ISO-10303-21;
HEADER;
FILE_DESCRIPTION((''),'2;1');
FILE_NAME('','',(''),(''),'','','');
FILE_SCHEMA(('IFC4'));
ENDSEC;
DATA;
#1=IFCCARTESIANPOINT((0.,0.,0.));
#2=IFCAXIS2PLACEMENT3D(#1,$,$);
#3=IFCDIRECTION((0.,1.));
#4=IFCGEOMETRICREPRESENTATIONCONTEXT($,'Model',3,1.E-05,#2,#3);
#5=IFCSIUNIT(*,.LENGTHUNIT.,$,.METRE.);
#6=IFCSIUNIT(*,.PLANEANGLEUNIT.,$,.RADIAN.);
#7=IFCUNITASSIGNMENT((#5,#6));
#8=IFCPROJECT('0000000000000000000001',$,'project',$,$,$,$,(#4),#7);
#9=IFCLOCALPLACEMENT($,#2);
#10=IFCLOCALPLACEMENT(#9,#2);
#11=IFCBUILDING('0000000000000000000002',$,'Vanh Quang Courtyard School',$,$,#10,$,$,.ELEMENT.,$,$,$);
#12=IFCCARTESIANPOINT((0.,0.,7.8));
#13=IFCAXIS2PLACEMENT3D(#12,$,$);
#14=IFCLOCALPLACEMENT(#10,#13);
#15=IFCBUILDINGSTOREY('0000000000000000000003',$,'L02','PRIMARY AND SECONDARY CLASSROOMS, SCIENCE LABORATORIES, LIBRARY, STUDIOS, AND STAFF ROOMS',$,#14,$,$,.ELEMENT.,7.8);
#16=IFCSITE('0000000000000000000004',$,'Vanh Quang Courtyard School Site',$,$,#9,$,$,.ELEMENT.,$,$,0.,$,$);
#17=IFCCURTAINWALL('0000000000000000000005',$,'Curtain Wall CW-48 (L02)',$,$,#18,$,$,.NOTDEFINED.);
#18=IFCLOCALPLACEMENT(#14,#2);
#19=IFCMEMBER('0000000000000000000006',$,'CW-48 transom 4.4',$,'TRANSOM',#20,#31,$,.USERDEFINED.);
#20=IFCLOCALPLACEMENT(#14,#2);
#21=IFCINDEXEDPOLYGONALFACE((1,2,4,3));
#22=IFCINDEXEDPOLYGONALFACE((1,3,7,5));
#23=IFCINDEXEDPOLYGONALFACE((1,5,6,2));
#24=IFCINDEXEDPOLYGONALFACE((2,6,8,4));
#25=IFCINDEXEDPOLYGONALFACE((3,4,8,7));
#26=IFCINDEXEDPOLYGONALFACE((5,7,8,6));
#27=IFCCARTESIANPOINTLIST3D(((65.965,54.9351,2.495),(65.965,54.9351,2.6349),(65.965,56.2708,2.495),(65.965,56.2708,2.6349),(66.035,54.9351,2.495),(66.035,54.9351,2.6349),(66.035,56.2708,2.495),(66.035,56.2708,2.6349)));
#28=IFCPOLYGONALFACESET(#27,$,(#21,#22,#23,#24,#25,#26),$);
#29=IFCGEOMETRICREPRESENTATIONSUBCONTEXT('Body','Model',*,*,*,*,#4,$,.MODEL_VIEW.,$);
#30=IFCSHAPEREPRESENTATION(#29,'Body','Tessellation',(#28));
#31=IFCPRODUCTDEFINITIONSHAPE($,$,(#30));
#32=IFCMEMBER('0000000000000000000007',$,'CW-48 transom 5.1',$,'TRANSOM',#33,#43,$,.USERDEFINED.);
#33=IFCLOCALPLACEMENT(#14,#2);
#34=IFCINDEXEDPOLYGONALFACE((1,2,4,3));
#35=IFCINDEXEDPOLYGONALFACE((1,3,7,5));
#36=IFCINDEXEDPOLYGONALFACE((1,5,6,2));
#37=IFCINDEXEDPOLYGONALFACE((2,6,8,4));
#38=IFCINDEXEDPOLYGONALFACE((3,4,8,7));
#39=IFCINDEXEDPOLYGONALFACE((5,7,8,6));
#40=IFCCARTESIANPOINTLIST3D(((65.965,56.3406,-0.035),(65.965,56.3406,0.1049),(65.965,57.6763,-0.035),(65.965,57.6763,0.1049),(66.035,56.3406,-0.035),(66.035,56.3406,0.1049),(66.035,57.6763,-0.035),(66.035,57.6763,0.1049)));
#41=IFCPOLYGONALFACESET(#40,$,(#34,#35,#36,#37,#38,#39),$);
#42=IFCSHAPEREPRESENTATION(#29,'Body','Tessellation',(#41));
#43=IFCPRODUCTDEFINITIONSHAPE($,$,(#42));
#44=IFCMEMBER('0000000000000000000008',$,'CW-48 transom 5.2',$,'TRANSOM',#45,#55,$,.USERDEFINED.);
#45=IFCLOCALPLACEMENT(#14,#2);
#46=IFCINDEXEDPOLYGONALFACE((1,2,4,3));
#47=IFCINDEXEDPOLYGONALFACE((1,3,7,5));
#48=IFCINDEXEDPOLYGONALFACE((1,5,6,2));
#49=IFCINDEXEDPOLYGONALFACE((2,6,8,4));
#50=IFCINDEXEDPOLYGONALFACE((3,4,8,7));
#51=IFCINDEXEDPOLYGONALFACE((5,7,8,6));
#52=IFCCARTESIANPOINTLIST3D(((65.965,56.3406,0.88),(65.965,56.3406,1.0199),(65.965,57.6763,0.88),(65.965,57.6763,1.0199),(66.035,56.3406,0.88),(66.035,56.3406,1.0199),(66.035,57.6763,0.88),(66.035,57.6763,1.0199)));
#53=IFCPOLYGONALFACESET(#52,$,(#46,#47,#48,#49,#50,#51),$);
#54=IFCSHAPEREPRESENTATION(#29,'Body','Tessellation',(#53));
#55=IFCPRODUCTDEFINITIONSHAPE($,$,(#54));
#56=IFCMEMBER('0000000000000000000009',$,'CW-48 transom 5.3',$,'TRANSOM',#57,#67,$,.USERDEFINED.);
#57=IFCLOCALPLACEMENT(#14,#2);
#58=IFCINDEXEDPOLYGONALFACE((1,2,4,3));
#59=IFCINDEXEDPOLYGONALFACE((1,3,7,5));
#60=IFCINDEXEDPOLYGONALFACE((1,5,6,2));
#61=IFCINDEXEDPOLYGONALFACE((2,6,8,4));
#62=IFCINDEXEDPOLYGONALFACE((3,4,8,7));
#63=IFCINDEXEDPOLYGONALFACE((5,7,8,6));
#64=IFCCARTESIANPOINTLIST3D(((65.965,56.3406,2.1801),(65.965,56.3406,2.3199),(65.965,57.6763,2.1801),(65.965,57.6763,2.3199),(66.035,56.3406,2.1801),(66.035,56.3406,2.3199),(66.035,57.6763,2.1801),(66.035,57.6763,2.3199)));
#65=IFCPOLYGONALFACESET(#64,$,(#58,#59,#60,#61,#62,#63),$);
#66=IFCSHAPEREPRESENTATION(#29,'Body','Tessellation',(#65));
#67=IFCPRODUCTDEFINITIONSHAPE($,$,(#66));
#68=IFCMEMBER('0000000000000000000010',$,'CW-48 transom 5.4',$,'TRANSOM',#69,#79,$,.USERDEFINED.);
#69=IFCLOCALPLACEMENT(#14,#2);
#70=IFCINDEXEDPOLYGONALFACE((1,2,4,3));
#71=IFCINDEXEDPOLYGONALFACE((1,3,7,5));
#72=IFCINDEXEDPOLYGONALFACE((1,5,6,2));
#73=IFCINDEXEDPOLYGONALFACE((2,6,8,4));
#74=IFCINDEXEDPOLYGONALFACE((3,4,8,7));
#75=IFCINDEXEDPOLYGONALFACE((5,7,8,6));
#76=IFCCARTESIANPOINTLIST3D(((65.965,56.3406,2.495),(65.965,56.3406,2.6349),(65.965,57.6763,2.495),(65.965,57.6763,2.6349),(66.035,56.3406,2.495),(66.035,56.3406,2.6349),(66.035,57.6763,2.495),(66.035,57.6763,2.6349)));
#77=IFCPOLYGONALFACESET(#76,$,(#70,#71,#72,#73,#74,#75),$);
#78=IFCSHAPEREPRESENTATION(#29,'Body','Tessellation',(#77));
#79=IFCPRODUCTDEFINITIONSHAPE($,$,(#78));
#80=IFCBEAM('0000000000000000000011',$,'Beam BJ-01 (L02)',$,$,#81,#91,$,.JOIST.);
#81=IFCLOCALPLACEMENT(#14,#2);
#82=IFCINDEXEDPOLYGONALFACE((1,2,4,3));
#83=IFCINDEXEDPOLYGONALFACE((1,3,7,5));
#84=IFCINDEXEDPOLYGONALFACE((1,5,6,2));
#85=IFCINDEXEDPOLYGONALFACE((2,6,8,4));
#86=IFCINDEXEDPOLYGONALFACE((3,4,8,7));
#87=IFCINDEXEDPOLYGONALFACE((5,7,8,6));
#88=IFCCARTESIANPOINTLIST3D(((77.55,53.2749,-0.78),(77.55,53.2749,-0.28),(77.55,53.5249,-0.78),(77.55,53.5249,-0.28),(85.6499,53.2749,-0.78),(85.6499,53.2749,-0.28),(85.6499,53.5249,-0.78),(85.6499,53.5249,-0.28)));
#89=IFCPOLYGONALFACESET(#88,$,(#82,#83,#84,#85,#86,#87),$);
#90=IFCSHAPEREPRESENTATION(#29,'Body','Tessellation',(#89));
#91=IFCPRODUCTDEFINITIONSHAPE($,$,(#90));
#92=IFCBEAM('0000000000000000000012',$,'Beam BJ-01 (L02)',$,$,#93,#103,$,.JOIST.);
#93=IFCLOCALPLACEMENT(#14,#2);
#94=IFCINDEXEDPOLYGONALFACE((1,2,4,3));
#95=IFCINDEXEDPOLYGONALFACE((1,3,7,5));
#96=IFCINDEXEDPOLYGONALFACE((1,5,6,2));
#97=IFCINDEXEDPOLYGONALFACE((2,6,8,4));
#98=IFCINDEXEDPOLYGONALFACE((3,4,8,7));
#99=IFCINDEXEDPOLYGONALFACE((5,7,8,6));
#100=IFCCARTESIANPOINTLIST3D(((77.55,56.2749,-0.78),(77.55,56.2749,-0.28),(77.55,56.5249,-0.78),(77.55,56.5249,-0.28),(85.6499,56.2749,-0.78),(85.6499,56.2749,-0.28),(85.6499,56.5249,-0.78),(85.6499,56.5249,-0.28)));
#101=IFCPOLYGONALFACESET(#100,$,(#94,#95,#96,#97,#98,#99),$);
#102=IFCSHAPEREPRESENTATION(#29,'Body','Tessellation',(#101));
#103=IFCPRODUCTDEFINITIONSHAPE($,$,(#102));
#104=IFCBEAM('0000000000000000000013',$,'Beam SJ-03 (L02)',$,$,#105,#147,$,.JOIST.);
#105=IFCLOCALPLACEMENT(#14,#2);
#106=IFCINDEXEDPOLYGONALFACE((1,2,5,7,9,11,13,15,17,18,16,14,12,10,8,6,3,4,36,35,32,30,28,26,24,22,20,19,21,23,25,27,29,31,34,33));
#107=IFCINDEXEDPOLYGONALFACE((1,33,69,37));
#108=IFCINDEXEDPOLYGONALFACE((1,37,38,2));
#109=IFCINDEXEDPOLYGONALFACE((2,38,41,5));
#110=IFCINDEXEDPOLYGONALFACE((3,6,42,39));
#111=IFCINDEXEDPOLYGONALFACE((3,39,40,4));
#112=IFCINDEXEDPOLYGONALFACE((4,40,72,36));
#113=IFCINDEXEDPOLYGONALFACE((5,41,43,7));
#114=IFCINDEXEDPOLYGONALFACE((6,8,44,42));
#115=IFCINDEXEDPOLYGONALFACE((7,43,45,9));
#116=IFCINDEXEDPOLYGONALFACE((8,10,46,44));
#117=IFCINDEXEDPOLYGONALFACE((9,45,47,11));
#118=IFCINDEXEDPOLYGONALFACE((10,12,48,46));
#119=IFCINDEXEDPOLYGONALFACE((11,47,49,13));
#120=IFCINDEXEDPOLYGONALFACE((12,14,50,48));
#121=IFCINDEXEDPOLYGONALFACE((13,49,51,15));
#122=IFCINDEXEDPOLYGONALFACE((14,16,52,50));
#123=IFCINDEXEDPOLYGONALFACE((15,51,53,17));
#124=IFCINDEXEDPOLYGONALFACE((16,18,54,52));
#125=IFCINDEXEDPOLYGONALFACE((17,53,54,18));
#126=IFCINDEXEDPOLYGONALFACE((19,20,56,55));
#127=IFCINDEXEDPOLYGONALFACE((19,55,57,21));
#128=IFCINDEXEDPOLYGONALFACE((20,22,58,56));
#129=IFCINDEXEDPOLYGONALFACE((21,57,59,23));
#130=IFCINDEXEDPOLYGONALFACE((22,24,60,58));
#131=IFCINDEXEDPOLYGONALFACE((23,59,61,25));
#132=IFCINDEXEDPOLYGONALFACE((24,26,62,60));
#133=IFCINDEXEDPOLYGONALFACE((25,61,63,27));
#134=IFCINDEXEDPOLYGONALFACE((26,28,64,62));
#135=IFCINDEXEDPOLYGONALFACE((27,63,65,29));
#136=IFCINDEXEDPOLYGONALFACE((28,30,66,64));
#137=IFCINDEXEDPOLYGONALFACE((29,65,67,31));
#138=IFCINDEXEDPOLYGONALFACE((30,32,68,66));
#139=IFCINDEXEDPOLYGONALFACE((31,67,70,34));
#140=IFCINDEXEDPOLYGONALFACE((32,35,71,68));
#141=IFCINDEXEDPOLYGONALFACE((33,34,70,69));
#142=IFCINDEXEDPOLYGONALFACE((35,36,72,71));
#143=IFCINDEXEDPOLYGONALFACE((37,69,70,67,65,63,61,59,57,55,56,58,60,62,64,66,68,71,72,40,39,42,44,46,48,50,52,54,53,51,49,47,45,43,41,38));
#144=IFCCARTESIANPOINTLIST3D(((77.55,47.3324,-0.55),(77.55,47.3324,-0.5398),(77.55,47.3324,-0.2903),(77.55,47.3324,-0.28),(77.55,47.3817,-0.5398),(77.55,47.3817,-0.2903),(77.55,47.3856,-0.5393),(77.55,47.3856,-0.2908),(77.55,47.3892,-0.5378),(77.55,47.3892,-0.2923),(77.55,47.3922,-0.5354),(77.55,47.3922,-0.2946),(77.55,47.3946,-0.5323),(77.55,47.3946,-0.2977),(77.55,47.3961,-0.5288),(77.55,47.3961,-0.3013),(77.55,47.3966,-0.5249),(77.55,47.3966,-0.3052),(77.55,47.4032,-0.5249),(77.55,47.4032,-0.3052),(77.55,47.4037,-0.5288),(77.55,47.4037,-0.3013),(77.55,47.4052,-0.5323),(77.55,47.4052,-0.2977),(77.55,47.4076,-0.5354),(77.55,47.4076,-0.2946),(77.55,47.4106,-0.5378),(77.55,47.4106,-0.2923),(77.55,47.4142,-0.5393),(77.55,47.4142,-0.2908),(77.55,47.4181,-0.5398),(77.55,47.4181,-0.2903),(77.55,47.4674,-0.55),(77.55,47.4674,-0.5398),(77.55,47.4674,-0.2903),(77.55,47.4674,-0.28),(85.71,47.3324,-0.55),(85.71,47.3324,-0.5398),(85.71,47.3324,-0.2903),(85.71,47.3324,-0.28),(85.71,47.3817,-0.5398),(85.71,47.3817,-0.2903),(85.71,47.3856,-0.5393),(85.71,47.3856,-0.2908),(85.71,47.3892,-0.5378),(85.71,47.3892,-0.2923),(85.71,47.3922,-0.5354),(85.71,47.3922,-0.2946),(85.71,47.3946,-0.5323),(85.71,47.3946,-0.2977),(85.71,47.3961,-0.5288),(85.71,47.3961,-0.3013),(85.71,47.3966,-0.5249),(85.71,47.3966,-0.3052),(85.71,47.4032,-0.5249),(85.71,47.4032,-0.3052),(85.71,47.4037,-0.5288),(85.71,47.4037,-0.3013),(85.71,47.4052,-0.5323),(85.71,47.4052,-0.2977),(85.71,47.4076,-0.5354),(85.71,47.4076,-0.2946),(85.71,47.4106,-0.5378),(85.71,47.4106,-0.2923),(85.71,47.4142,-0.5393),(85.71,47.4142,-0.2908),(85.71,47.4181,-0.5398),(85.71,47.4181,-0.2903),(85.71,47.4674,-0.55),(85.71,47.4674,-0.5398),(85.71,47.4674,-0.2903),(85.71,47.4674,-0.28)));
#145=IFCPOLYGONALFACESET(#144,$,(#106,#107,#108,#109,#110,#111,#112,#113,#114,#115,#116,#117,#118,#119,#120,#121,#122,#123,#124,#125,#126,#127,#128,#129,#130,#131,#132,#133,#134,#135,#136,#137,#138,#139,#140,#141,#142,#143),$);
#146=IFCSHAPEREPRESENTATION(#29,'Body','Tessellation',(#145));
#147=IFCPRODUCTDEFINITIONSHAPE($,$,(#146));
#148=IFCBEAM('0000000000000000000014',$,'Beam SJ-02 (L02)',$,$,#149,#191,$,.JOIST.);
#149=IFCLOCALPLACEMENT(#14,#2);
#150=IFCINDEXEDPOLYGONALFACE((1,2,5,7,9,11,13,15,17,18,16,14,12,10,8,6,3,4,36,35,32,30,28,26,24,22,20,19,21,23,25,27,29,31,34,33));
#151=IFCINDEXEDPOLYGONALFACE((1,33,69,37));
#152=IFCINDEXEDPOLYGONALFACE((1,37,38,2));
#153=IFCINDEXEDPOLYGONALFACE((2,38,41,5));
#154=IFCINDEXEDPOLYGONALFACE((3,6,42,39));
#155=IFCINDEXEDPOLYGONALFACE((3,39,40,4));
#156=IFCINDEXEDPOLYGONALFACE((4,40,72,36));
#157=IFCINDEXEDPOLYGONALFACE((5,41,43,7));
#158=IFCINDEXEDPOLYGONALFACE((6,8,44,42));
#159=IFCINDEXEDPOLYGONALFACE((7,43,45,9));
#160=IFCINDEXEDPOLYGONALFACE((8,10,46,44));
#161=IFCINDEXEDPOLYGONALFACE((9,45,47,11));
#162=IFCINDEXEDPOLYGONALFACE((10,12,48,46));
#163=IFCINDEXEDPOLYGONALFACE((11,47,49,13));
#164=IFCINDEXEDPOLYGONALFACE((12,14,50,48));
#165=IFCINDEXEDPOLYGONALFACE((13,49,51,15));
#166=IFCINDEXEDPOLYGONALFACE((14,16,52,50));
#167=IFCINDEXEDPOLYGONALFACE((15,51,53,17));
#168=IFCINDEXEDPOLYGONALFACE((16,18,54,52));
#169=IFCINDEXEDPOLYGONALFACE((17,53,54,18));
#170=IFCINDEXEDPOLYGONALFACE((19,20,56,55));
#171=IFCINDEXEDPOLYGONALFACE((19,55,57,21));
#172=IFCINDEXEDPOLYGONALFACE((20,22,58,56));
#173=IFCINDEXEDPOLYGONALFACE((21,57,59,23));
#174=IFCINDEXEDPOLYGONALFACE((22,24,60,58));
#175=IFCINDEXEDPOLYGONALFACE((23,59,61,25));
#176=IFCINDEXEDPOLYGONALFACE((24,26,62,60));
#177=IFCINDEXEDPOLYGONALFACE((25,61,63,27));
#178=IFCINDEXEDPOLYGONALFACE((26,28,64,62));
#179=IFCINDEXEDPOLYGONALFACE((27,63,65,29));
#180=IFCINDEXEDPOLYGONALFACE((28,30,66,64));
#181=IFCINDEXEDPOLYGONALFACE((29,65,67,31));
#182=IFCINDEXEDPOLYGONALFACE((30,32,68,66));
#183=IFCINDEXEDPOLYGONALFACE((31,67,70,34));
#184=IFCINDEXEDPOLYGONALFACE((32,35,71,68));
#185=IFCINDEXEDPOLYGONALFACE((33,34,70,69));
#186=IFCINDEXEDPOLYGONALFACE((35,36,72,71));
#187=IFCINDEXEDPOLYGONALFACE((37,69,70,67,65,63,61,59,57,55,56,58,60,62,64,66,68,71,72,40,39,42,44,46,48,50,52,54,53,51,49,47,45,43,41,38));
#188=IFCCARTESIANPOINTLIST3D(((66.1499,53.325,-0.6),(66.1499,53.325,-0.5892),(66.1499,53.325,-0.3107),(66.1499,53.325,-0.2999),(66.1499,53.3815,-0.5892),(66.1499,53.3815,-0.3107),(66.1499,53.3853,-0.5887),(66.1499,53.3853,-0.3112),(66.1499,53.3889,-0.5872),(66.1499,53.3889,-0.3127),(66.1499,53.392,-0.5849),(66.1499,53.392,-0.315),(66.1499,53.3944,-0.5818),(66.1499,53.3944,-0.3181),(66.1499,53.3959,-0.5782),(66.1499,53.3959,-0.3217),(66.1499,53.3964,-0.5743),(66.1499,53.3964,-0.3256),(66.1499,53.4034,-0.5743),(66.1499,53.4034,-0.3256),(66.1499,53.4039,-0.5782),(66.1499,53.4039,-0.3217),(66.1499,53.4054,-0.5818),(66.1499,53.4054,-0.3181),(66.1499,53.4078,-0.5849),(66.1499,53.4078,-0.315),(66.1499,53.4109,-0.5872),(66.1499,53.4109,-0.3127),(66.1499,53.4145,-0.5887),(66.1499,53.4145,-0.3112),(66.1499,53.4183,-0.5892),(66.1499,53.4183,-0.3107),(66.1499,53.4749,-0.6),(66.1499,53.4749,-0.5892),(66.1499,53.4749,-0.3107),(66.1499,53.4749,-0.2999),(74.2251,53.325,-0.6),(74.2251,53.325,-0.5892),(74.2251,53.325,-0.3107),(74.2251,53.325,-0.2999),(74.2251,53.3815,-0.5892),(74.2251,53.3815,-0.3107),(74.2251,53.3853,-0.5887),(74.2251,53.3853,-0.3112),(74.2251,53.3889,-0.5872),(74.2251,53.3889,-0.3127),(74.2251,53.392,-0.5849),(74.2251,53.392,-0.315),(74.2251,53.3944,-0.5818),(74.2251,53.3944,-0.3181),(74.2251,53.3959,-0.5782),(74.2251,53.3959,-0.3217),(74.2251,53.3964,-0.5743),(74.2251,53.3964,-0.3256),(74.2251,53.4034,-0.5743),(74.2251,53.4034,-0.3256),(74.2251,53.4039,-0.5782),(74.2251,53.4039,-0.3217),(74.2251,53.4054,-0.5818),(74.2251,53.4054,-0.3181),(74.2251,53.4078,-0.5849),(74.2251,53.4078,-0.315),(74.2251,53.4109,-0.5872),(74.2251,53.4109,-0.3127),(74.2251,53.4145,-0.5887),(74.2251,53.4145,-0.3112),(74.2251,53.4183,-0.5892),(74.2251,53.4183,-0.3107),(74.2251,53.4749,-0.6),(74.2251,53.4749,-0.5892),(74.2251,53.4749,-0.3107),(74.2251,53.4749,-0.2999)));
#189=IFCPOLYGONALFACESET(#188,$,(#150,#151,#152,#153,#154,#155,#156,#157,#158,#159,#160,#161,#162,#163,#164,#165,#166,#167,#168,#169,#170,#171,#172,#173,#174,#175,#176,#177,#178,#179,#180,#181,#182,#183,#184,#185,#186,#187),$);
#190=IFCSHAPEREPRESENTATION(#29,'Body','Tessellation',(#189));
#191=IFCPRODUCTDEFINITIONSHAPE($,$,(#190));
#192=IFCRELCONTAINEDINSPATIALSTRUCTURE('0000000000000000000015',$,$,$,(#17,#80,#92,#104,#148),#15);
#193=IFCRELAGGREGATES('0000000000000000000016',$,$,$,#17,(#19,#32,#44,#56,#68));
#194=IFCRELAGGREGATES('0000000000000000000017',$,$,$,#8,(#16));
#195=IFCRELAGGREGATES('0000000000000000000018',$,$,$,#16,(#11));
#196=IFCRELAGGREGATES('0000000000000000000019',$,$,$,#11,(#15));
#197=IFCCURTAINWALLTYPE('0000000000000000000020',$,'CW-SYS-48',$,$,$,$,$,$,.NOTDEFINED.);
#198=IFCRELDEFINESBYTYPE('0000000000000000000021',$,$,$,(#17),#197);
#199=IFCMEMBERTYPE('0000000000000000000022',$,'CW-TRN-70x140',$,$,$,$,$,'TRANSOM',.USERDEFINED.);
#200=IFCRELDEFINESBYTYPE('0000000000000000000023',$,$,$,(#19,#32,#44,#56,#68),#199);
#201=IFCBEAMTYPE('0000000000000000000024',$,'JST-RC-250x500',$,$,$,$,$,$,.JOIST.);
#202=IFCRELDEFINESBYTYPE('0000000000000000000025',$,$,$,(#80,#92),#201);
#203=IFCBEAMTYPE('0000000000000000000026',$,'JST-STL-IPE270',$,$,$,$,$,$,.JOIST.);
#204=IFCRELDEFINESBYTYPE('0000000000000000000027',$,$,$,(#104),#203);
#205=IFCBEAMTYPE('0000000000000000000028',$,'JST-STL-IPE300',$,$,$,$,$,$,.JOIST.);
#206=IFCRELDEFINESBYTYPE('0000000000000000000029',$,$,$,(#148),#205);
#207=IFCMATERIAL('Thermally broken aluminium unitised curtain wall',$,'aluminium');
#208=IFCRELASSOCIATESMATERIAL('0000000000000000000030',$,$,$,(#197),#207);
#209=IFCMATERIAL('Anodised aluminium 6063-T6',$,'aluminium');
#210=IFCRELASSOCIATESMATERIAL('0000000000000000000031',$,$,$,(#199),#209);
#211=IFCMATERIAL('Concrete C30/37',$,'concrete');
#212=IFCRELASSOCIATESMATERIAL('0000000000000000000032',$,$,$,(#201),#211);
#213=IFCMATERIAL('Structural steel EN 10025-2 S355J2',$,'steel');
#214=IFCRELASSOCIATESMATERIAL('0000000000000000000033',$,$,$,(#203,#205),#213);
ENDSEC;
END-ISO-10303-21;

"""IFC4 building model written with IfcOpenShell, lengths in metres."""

from ifc_helpers import new_model, si_unit, direction, frame, origin, origin_2d, place, context, subcontext, project, spatial, rectangle, i_section, extrude, material, material_profile, profile_set, type_object, element, aggregate, save


model = new_model("IFC4")

# Units and contexts
model_context = context("Model", 3, precision=1e-05, world=origin(), true_north=direction((0.0, 1.0)))
body_context = subcontext(model_context, "Body", "Model", "MODEL_VIEW")
ifc_project = project(units=[si_unit("LENGTHUNIT", "METRE"), si_unit("PLANEANGLEUNIT", "RADIAN")], contexts=[model_context])

# Site, building, storey
site_placement = place(None, origin())
site = spatial("IfcSite", under=ifc_project, at=site_placement, Name="Vanh Quang Courtyard School Site", CompositionType="ELEMENT", RefElevation=0.0)
building_placement = place(site_placement, origin())
building = spatial("IfcBuilding", under=site, at=building_placement, Name="Vanh Quang Courtyard School", CompositionType="ELEMENT")
storey_placement = place(building_placement, frame((0.0, 0.0, 7.8)))
storey = spatial("IfcBuildingStorey", under=building, at=storey_placement, Name="L02", Description="PRIMARY AND SECONDARY CLASSROOMS, SCIENCE LABORATORIES, LIBRARY, STUDIOS, AND STAFF ROOMS", CompositionType="ELEMENT", Elevation=7.8)

# Shared definitions
ifc_material_1 = material(Name="Structural steel EN 10025-2 S355J2", Category="steel")

# Curtain wall, members
ifc_material_2 = material(Name="Thermally broken aluminium unitised curtain wall", Category="aluminium")
curtain_wall_type = type_object("IfcCurtainWallType", Name="CW-SYS-48", PredefinedType="NOTDEFINED", material=ifc_material_2)
curtain_wall_placement = place(storey_placement, origin())
curtain_wall = element("IfcCurtainWall", 1, at=curtain_wall_placement, inside=storey, type_object=curtain_wall_type, Name="Curtain Wall CW-48 (L02)", PredefinedType="NOTDEFINED")
ifc_material_3 = material(Name="Anodised aluminium 6063-T6", Category="aluminium")
ifc_material_profile_1 = material_profile(ifc_material_3, rectangle(XDim=0.0701, YDim=0.1399, at=origin_2d()), Name="ALU-TRN 70x140")
ifc_profile_set_1 = profile_set([ifc_material_profile_1], Name="Anodised aluminium 6063-T6")
member_type_1 = type_object("IfcMemberType", Name="CW-TRN-70x140", ElementType="TRANSOM", PredefinedType="USERDEFINED", material=ifc_profile_set_1)
member_1_placement = place(storey_placement, frame((66.0, 54.9351, 2.5649), z_axis=(0.0, 1.0, 0.0), x_axis=(-1.0, 0.0, 0.0)))
member_1 = element("IfcMember", 2, at=member_1_placement, type_object=member_type_1, Name="CW-48 transom 4.4", ObjectType="TRANSOM", PredefinedType="USERDEFINED", context=body_context, shape_type="SweptSolid", body=[
    extrude(rectangle(XDim=0.0701, YDim=0.1399, at=origin_2d()), origin(), (0.0, 0.0, 1.0), 1.3357),
])
member_2_placement = place(storey_placement, frame((66.0, 56.3406, 0.0349), z_axis=(0.0, 1.0, 0.0), x_axis=(-1.0, 0.0, 0.0)))
member_2 = element("IfcMember", 3, at=member_2_placement, type_object=member_type_1, Name="CW-48 transom 5.1", ObjectType="TRANSOM", PredefinedType="USERDEFINED", context=body_context, shape_type="SweptSolid", body=[
    extrude(rectangle(XDim=0.0701, YDim=0.1399, at=origin_2d()), origin(), (0.0, 0.0, 1.0), 1.3357),
])
member_3_placement = place(storey_placement, frame((66.0, 56.3406, 0.95), z_axis=(0.0, 1.0, 0.0), x_axis=(-1.0, 0.0, 0.0)))
member_3 = element("IfcMember", 4, at=member_3_placement, type_object=member_type_1, Name="CW-48 transom 5.2", ObjectType="TRANSOM", PredefinedType="USERDEFINED", context=body_context, shape_type="SweptSolid", body=[
    extrude(rectangle(XDim=0.0701, YDim=0.1399, at=origin_2d()), origin(), (0.0, 0.0, 1.0), 1.3357),
])
member_4_placement = place(storey_placement, frame((66.0, 56.3406, 2.25), z_axis=(0.0, 1.0, 0.0), x_axis=(-1.0, 0.0, 0.0)))
member_4 = element("IfcMember", 5, at=member_4_placement, type_object=member_type_1, Name="CW-48 transom 5.3", ObjectType="TRANSOM", PredefinedType="USERDEFINED", context=body_context, shape_type="SweptSolid", body=[
    extrude(rectangle(XDim=0.0701, YDim=0.1399, at=origin_2d()), origin(), (0.0, 0.0, 1.0), 1.3357),
])
member_5_placement = place(storey_placement, frame((66.0, 56.3406, 2.5649), z_axis=(0.0, 1.0, 0.0), x_axis=(-1.0, 0.0, 0.0)))
member_5 = element("IfcMember", 6, at=member_5_placement, type_object=member_type_1, Name="CW-48 transom 5.4", ObjectType="TRANSOM", PredefinedType="USERDEFINED", context=body_context, shape_type="SweptSolid", body=[
    extrude(rectangle(XDim=0.0701, YDim=0.1399, at=origin_2d()), origin(), (0.0, 0.0, 1.0), 1.3357),
])

# Beams
ifc_material_4 = material(Name="Concrete C30/37", Category="concrete")
ifc_material_profile_2 = material_profile(ifc_material_4, rectangle(XDim=0.25, YDim=0.5, at=origin_2d()), Name="RC-JST 250x500")
ifc_profile_set_2 = profile_set([ifc_material_profile_2], Name="Concrete C30/37")
beam_type_1 = type_object("IfcBeamType", Name="JST-RC-250x500", PredefinedType="JOIST", material=ifc_profile_set_2)
for number, where, z_axis, x_axis, name in (
    (7, (77.55, 53.3999, -0.53), (1.0, 0.0, 0.0), (0.0, 1.0, 0.0), "Beam BJ-01 (L02)"),
    (8, (77.55, 56.3999, -0.53), (1.0, 0.0, 0.0), (0.0, 1.0, 0.0), "Beam BJ-01 (L02)"),
):
    element("IfcBeam", number, at=place(storey_placement, frame(where, z_axis=z_axis, x_axis=x_axis)), inside=storey, type_object=beam_type_1, Name=name, PredefinedType="JOIST", context=body_context, shape_type="SweptSolid", body=[
        extrude(rectangle(XDim=0.25, YDim=0.5, at=origin_2d()), origin(), (0.0, 0.0, 1.0), 8.0999),
    ])
ifc_material_profile_3 = material_profile(ifc_material_1, i_section(OverallWidth=0.135, OverallDepth=0.27, WebThickness=0.0066, FlangeThickness=0.0103, FilletRadius=0.0149, at=origin_2d()), Name="IPE 270")
ifc_profile_set_3 = profile_set([ifc_material_profile_3], Name="Structural steel EN 10025-2 S355J2")
beam_type_2 = type_object("IfcBeamType", Name="JST-STL-IPE270", PredefinedType="JOIST", material=ifc_profile_set_3)
beam_1_placement = place(storey_placement, frame((77.55, 47.3999, -0.415), z_axis=(1.0, 0.0, 0.0), x_axis=(0.0, 1.0, 0.0)))
element("IfcBeam", 9, at=beam_1_placement, inside=storey, type_object=beam_type_2, Name="Beam SJ-03 (L02)", PredefinedType="JOIST", context=body_context, shape_type="SweptSolid", body=[
    extrude(i_section(OverallWidth=0.135, OverallDepth=0.27, WebThickness=0.0066, FlangeThickness=0.0103, FilletRadius=0.0149, at=origin_2d()), origin(), (0.0, 0.0, 1.0), 8.1599),
])
ifc_material_profile_4 = material_profile(ifc_material_1, i_section(OverallWidth=0.1499, OverallDepth=0.3, WebThickness=0.0071, FlangeThickness=0.0107, FilletRadius=0.0149, at=origin_2d()), Name="IPE 300")
ifc_profile_set_4 = profile_set([ifc_material_profile_4], Name="Structural steel EN 10025-2 S355J2")
beam_type_3 = type_object("IfcBeamType", Name="JST-STL-IPE300", PredefinedType="JOIST", material=ifc_profile_set_4)
for number, where, z_axis, x_axis, name in (
    (10, (66.1499, 53.3999, -0.45), (1.0, 0.0, 0.0), (0.0, 1.0, 0.0), "Beam SJ-02 (L02)"),
):
    element("IfcBeam", number, at=place(storey_placement, frame(where, z_axis=z_axis, x_axis=x_axis)), inside=storey, type_object=beam_type_3, Name=name, PredefinedType="JOIST", context=body_context, shape_type="SweptSolid", body=[
        extrude(i_section(OverallWidth=0.1499, OverallDepth=0.3, WebThickness=0.0071, FlangeThickness=0.0107, FilletRadius=0.0149, at=origin_2d()), origin(), (0.0, 0.0, 1.0), 8.0752),
    ])

aggregate(curtain_wall, [member_1, member_2, member_3, member_4, member_5])

save(model, "model.ifc")
